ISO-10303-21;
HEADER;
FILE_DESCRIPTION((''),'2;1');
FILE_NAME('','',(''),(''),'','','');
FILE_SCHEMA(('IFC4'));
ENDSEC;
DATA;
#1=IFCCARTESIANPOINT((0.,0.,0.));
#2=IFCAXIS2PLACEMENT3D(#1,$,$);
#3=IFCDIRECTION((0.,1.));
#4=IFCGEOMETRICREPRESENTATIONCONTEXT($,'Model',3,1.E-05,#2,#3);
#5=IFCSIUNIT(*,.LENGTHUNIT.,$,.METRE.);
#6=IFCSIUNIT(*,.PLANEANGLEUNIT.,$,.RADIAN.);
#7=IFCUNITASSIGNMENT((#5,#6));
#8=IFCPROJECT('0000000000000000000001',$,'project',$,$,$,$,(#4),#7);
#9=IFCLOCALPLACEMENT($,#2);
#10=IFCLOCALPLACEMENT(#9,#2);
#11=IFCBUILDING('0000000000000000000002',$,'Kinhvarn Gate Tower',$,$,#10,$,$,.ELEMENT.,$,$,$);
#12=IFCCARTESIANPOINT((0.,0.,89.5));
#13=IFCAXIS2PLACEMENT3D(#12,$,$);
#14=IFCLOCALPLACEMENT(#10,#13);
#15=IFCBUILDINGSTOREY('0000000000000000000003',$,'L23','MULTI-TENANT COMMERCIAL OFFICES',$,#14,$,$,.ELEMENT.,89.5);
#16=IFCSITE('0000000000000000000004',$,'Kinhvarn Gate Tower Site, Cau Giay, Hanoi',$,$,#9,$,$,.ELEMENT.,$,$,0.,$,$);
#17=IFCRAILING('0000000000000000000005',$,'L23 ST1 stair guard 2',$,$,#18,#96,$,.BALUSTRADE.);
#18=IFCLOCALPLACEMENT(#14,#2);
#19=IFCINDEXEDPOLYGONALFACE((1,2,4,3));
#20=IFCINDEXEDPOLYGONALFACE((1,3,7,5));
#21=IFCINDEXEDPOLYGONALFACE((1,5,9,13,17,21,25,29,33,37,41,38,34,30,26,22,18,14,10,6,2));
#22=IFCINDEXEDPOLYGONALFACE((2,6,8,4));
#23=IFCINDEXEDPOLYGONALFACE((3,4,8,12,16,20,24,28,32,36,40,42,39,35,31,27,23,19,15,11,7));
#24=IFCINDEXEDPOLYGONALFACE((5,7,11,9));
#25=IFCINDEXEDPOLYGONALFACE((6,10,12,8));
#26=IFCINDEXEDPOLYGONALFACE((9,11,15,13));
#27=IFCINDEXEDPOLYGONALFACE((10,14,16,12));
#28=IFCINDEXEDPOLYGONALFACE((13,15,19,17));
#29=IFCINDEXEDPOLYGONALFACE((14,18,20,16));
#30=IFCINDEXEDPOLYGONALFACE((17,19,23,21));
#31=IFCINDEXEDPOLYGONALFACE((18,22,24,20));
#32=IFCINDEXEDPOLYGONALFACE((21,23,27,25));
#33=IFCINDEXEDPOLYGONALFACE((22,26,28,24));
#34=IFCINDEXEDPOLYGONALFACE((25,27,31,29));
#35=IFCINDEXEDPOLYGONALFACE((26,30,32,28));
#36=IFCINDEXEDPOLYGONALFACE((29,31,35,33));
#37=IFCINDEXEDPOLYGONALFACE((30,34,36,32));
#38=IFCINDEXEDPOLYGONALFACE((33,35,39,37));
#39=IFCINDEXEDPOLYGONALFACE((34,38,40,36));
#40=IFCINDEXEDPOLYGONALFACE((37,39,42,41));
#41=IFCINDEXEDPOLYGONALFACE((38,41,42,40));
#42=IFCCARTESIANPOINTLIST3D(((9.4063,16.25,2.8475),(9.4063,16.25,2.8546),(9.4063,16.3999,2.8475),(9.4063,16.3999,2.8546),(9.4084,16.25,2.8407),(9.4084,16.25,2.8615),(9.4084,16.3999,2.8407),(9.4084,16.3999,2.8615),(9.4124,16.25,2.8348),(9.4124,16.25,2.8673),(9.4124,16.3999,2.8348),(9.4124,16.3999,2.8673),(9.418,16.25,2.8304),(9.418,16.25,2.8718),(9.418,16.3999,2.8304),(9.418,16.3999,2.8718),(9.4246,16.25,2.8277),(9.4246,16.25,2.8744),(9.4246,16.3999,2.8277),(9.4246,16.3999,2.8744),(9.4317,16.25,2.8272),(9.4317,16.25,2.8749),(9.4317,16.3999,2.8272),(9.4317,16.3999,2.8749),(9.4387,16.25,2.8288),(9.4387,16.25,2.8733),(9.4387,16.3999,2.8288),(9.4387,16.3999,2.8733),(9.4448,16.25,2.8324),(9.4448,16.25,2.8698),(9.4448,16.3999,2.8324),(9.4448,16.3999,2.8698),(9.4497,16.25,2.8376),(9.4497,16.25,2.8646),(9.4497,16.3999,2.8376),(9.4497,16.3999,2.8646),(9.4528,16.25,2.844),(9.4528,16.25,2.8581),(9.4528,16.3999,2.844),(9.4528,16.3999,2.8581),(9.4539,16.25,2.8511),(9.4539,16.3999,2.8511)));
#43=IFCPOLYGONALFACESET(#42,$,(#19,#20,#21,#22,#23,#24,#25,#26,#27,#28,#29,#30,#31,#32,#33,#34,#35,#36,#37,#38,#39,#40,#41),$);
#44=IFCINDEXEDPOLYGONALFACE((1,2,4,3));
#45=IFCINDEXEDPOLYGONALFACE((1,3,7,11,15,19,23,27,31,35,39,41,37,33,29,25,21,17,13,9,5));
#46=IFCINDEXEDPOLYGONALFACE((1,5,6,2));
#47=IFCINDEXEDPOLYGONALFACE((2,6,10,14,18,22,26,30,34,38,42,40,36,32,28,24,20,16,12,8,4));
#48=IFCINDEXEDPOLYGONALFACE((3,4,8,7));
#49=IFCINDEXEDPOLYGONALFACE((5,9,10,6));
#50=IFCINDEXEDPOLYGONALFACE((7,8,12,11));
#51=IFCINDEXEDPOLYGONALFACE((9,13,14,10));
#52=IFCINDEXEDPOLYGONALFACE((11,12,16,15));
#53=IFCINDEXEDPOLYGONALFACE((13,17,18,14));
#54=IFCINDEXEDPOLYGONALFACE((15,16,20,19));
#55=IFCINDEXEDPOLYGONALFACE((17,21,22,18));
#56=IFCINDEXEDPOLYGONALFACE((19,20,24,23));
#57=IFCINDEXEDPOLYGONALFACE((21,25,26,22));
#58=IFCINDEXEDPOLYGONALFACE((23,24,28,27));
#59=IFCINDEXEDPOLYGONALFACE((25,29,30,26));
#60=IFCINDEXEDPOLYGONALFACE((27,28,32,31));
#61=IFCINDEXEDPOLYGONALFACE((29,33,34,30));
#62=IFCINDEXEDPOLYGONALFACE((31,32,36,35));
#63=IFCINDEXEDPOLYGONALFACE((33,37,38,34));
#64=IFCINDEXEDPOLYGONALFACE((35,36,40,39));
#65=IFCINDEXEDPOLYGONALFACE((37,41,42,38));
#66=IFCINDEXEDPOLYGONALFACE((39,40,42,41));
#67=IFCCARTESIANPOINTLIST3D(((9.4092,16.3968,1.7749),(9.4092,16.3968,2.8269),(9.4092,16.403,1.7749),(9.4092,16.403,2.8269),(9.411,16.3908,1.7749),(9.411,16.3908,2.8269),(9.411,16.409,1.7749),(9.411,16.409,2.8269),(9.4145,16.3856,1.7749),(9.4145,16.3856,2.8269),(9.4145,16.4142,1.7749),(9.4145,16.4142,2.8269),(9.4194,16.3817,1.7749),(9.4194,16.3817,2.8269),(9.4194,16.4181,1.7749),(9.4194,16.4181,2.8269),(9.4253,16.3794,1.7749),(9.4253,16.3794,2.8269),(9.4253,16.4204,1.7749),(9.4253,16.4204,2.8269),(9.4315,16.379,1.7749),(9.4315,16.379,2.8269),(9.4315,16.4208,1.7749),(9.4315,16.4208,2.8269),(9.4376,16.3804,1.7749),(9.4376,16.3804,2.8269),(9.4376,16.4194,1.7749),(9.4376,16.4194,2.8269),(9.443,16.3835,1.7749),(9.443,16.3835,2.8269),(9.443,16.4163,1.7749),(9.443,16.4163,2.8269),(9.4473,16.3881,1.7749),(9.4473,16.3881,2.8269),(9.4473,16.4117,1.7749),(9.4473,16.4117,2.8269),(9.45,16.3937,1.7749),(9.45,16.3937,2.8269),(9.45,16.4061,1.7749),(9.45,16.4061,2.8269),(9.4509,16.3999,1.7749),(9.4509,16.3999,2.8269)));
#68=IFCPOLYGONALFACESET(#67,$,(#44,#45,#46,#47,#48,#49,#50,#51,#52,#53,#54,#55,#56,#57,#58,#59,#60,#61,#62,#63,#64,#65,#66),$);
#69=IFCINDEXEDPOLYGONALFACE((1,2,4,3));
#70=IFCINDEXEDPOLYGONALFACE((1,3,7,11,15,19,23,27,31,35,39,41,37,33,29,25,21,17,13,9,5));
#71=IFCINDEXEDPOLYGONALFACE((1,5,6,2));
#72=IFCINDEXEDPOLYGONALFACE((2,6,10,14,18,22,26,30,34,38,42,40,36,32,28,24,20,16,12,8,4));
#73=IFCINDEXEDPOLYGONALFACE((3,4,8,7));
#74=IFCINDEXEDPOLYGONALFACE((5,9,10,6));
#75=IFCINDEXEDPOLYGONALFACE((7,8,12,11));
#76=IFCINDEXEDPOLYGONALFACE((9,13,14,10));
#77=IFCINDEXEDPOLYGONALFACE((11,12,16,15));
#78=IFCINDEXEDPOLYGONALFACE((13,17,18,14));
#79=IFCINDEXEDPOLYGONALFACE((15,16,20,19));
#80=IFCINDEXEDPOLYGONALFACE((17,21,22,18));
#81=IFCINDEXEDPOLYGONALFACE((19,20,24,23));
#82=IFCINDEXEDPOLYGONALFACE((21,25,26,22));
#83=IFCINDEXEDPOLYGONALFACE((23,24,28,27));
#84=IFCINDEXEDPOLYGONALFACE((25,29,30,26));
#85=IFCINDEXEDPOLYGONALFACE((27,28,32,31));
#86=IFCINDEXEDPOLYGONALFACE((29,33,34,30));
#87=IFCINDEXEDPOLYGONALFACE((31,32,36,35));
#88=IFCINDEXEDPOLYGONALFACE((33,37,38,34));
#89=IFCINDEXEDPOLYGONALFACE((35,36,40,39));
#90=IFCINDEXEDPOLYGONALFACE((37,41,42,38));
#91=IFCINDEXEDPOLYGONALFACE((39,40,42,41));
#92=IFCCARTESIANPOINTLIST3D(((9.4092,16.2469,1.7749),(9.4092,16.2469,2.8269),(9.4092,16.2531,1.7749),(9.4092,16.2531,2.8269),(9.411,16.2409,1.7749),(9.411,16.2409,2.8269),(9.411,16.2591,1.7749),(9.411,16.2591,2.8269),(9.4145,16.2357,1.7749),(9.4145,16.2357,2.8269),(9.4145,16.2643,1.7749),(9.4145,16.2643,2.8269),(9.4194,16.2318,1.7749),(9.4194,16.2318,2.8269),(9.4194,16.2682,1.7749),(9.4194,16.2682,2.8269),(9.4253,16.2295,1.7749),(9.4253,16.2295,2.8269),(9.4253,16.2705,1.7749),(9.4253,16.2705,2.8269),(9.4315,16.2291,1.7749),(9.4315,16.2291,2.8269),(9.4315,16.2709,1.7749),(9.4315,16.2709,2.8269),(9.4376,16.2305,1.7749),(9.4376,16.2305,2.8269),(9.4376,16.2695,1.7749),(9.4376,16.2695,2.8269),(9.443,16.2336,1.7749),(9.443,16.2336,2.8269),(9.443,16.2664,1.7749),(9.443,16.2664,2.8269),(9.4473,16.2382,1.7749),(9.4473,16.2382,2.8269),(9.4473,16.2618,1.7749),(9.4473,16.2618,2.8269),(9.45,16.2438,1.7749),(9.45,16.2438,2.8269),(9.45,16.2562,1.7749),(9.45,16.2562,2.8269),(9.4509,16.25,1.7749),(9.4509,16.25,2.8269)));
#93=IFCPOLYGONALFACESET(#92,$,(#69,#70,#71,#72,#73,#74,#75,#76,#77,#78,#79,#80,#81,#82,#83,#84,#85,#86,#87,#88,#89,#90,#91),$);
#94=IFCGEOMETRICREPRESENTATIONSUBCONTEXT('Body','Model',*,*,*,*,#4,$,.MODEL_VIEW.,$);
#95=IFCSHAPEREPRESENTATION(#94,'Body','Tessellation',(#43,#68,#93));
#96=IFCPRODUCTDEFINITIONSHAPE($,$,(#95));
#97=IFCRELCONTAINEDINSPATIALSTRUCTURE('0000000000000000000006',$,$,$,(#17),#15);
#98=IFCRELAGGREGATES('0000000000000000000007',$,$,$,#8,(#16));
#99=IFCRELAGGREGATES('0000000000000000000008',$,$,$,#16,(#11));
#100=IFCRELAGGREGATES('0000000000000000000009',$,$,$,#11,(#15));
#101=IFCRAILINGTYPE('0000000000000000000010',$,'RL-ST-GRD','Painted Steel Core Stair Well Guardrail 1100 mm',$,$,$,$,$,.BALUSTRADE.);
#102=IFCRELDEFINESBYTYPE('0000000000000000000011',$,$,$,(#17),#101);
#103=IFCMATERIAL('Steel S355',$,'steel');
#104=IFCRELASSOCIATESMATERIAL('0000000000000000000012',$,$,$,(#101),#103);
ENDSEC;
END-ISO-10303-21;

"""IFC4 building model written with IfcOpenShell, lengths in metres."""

from ifc_helpers import new_model, si_unit, direction, frame, origin, origin_2d, place, context, subcontext, project, spatial, circle, extrude, material, type_object, element, save


model = new_model("IFC4")

# Units and contexts
model_context = context("Model", 3, precision=1e-05, world=origin(), true_north=direction((0.0, 1.0)))
body_context = subcontext(model_context, "Body", "Model", "MODEL_VIEW")
ifc_project = project(units=[si_unit("LENGTHUNIT", "METRE"), si_unit("PLANEANGLEUNIT", "RADIAN")], contexts=[model_context])

# Site, building, storey
site_placement = place(None, origin())
site = spatial("IfcSite", under=ifc_project, at=site_placement, Name="Kinhvarn Gate Tower Site, Cau Giay, Hanoi", CompositionType="ELEMENT", RefElevation=0.0)
building_placement = place(site_placement, origin())
building = spatial("IfcBuilding", under=site, at=building_placement, Name="Kinhvarn Gate Tower", CompositionType="ELEMENT")
storey_placement = place(building_placement, frame((0.0, 0.0, 89.5)))
storey = spatial("IfcBuildingStorey", under=building, at=storey_placement, Name="L23", Description="MULTI-TENANT COMMERCIAL OFFICES", CompositionType="ELEMENT", Elevation=89.5)

# Shared definitions
ifc_material_1 = material(Name="Steel S355", Category="steel")

# Railing
railing_type_1 = type_object("IfcRailingType", Name="RL-ST-GRD", Description="Painted Steel Core Stair Well Guardrail 1100 mm", PredefinedType="BALUSTRADE", material=ifc_material_1)
railing_1_placement = place(storey_placement, frame((9.4299, 16.3999, 1.7749)))
element("IfcRailing", 1, at=railing_1_placement, inside=storey, type_object=railing_type_1, Name="L23 ST1 stair guard 2", PredefinedType="BALUSTRADE", context=body_context, shape_type="SweptSolid", body=[
    extrude(circle(Radius=0.0239, at=origin_2d()), frame((0.0, 0.0, 1.0762), z_axis=(0.0, -1.0, 0.0), x_axis=(1.0, 0.0, 0.0)), (0.0, 0.0, 1.0), 0.1499),
    extrude(circle(Radius=0.021, at=origin_2d()), origin(), (0.0, 0.0, 1.0), 1.052),
    extrude(circle(Radius=0.021, at=origin_2d()), frame((0.0, -0.1499, 0.0)), (0.0, 0.0, 1.0), 1.052),
])

save(model, "model.ifc")
